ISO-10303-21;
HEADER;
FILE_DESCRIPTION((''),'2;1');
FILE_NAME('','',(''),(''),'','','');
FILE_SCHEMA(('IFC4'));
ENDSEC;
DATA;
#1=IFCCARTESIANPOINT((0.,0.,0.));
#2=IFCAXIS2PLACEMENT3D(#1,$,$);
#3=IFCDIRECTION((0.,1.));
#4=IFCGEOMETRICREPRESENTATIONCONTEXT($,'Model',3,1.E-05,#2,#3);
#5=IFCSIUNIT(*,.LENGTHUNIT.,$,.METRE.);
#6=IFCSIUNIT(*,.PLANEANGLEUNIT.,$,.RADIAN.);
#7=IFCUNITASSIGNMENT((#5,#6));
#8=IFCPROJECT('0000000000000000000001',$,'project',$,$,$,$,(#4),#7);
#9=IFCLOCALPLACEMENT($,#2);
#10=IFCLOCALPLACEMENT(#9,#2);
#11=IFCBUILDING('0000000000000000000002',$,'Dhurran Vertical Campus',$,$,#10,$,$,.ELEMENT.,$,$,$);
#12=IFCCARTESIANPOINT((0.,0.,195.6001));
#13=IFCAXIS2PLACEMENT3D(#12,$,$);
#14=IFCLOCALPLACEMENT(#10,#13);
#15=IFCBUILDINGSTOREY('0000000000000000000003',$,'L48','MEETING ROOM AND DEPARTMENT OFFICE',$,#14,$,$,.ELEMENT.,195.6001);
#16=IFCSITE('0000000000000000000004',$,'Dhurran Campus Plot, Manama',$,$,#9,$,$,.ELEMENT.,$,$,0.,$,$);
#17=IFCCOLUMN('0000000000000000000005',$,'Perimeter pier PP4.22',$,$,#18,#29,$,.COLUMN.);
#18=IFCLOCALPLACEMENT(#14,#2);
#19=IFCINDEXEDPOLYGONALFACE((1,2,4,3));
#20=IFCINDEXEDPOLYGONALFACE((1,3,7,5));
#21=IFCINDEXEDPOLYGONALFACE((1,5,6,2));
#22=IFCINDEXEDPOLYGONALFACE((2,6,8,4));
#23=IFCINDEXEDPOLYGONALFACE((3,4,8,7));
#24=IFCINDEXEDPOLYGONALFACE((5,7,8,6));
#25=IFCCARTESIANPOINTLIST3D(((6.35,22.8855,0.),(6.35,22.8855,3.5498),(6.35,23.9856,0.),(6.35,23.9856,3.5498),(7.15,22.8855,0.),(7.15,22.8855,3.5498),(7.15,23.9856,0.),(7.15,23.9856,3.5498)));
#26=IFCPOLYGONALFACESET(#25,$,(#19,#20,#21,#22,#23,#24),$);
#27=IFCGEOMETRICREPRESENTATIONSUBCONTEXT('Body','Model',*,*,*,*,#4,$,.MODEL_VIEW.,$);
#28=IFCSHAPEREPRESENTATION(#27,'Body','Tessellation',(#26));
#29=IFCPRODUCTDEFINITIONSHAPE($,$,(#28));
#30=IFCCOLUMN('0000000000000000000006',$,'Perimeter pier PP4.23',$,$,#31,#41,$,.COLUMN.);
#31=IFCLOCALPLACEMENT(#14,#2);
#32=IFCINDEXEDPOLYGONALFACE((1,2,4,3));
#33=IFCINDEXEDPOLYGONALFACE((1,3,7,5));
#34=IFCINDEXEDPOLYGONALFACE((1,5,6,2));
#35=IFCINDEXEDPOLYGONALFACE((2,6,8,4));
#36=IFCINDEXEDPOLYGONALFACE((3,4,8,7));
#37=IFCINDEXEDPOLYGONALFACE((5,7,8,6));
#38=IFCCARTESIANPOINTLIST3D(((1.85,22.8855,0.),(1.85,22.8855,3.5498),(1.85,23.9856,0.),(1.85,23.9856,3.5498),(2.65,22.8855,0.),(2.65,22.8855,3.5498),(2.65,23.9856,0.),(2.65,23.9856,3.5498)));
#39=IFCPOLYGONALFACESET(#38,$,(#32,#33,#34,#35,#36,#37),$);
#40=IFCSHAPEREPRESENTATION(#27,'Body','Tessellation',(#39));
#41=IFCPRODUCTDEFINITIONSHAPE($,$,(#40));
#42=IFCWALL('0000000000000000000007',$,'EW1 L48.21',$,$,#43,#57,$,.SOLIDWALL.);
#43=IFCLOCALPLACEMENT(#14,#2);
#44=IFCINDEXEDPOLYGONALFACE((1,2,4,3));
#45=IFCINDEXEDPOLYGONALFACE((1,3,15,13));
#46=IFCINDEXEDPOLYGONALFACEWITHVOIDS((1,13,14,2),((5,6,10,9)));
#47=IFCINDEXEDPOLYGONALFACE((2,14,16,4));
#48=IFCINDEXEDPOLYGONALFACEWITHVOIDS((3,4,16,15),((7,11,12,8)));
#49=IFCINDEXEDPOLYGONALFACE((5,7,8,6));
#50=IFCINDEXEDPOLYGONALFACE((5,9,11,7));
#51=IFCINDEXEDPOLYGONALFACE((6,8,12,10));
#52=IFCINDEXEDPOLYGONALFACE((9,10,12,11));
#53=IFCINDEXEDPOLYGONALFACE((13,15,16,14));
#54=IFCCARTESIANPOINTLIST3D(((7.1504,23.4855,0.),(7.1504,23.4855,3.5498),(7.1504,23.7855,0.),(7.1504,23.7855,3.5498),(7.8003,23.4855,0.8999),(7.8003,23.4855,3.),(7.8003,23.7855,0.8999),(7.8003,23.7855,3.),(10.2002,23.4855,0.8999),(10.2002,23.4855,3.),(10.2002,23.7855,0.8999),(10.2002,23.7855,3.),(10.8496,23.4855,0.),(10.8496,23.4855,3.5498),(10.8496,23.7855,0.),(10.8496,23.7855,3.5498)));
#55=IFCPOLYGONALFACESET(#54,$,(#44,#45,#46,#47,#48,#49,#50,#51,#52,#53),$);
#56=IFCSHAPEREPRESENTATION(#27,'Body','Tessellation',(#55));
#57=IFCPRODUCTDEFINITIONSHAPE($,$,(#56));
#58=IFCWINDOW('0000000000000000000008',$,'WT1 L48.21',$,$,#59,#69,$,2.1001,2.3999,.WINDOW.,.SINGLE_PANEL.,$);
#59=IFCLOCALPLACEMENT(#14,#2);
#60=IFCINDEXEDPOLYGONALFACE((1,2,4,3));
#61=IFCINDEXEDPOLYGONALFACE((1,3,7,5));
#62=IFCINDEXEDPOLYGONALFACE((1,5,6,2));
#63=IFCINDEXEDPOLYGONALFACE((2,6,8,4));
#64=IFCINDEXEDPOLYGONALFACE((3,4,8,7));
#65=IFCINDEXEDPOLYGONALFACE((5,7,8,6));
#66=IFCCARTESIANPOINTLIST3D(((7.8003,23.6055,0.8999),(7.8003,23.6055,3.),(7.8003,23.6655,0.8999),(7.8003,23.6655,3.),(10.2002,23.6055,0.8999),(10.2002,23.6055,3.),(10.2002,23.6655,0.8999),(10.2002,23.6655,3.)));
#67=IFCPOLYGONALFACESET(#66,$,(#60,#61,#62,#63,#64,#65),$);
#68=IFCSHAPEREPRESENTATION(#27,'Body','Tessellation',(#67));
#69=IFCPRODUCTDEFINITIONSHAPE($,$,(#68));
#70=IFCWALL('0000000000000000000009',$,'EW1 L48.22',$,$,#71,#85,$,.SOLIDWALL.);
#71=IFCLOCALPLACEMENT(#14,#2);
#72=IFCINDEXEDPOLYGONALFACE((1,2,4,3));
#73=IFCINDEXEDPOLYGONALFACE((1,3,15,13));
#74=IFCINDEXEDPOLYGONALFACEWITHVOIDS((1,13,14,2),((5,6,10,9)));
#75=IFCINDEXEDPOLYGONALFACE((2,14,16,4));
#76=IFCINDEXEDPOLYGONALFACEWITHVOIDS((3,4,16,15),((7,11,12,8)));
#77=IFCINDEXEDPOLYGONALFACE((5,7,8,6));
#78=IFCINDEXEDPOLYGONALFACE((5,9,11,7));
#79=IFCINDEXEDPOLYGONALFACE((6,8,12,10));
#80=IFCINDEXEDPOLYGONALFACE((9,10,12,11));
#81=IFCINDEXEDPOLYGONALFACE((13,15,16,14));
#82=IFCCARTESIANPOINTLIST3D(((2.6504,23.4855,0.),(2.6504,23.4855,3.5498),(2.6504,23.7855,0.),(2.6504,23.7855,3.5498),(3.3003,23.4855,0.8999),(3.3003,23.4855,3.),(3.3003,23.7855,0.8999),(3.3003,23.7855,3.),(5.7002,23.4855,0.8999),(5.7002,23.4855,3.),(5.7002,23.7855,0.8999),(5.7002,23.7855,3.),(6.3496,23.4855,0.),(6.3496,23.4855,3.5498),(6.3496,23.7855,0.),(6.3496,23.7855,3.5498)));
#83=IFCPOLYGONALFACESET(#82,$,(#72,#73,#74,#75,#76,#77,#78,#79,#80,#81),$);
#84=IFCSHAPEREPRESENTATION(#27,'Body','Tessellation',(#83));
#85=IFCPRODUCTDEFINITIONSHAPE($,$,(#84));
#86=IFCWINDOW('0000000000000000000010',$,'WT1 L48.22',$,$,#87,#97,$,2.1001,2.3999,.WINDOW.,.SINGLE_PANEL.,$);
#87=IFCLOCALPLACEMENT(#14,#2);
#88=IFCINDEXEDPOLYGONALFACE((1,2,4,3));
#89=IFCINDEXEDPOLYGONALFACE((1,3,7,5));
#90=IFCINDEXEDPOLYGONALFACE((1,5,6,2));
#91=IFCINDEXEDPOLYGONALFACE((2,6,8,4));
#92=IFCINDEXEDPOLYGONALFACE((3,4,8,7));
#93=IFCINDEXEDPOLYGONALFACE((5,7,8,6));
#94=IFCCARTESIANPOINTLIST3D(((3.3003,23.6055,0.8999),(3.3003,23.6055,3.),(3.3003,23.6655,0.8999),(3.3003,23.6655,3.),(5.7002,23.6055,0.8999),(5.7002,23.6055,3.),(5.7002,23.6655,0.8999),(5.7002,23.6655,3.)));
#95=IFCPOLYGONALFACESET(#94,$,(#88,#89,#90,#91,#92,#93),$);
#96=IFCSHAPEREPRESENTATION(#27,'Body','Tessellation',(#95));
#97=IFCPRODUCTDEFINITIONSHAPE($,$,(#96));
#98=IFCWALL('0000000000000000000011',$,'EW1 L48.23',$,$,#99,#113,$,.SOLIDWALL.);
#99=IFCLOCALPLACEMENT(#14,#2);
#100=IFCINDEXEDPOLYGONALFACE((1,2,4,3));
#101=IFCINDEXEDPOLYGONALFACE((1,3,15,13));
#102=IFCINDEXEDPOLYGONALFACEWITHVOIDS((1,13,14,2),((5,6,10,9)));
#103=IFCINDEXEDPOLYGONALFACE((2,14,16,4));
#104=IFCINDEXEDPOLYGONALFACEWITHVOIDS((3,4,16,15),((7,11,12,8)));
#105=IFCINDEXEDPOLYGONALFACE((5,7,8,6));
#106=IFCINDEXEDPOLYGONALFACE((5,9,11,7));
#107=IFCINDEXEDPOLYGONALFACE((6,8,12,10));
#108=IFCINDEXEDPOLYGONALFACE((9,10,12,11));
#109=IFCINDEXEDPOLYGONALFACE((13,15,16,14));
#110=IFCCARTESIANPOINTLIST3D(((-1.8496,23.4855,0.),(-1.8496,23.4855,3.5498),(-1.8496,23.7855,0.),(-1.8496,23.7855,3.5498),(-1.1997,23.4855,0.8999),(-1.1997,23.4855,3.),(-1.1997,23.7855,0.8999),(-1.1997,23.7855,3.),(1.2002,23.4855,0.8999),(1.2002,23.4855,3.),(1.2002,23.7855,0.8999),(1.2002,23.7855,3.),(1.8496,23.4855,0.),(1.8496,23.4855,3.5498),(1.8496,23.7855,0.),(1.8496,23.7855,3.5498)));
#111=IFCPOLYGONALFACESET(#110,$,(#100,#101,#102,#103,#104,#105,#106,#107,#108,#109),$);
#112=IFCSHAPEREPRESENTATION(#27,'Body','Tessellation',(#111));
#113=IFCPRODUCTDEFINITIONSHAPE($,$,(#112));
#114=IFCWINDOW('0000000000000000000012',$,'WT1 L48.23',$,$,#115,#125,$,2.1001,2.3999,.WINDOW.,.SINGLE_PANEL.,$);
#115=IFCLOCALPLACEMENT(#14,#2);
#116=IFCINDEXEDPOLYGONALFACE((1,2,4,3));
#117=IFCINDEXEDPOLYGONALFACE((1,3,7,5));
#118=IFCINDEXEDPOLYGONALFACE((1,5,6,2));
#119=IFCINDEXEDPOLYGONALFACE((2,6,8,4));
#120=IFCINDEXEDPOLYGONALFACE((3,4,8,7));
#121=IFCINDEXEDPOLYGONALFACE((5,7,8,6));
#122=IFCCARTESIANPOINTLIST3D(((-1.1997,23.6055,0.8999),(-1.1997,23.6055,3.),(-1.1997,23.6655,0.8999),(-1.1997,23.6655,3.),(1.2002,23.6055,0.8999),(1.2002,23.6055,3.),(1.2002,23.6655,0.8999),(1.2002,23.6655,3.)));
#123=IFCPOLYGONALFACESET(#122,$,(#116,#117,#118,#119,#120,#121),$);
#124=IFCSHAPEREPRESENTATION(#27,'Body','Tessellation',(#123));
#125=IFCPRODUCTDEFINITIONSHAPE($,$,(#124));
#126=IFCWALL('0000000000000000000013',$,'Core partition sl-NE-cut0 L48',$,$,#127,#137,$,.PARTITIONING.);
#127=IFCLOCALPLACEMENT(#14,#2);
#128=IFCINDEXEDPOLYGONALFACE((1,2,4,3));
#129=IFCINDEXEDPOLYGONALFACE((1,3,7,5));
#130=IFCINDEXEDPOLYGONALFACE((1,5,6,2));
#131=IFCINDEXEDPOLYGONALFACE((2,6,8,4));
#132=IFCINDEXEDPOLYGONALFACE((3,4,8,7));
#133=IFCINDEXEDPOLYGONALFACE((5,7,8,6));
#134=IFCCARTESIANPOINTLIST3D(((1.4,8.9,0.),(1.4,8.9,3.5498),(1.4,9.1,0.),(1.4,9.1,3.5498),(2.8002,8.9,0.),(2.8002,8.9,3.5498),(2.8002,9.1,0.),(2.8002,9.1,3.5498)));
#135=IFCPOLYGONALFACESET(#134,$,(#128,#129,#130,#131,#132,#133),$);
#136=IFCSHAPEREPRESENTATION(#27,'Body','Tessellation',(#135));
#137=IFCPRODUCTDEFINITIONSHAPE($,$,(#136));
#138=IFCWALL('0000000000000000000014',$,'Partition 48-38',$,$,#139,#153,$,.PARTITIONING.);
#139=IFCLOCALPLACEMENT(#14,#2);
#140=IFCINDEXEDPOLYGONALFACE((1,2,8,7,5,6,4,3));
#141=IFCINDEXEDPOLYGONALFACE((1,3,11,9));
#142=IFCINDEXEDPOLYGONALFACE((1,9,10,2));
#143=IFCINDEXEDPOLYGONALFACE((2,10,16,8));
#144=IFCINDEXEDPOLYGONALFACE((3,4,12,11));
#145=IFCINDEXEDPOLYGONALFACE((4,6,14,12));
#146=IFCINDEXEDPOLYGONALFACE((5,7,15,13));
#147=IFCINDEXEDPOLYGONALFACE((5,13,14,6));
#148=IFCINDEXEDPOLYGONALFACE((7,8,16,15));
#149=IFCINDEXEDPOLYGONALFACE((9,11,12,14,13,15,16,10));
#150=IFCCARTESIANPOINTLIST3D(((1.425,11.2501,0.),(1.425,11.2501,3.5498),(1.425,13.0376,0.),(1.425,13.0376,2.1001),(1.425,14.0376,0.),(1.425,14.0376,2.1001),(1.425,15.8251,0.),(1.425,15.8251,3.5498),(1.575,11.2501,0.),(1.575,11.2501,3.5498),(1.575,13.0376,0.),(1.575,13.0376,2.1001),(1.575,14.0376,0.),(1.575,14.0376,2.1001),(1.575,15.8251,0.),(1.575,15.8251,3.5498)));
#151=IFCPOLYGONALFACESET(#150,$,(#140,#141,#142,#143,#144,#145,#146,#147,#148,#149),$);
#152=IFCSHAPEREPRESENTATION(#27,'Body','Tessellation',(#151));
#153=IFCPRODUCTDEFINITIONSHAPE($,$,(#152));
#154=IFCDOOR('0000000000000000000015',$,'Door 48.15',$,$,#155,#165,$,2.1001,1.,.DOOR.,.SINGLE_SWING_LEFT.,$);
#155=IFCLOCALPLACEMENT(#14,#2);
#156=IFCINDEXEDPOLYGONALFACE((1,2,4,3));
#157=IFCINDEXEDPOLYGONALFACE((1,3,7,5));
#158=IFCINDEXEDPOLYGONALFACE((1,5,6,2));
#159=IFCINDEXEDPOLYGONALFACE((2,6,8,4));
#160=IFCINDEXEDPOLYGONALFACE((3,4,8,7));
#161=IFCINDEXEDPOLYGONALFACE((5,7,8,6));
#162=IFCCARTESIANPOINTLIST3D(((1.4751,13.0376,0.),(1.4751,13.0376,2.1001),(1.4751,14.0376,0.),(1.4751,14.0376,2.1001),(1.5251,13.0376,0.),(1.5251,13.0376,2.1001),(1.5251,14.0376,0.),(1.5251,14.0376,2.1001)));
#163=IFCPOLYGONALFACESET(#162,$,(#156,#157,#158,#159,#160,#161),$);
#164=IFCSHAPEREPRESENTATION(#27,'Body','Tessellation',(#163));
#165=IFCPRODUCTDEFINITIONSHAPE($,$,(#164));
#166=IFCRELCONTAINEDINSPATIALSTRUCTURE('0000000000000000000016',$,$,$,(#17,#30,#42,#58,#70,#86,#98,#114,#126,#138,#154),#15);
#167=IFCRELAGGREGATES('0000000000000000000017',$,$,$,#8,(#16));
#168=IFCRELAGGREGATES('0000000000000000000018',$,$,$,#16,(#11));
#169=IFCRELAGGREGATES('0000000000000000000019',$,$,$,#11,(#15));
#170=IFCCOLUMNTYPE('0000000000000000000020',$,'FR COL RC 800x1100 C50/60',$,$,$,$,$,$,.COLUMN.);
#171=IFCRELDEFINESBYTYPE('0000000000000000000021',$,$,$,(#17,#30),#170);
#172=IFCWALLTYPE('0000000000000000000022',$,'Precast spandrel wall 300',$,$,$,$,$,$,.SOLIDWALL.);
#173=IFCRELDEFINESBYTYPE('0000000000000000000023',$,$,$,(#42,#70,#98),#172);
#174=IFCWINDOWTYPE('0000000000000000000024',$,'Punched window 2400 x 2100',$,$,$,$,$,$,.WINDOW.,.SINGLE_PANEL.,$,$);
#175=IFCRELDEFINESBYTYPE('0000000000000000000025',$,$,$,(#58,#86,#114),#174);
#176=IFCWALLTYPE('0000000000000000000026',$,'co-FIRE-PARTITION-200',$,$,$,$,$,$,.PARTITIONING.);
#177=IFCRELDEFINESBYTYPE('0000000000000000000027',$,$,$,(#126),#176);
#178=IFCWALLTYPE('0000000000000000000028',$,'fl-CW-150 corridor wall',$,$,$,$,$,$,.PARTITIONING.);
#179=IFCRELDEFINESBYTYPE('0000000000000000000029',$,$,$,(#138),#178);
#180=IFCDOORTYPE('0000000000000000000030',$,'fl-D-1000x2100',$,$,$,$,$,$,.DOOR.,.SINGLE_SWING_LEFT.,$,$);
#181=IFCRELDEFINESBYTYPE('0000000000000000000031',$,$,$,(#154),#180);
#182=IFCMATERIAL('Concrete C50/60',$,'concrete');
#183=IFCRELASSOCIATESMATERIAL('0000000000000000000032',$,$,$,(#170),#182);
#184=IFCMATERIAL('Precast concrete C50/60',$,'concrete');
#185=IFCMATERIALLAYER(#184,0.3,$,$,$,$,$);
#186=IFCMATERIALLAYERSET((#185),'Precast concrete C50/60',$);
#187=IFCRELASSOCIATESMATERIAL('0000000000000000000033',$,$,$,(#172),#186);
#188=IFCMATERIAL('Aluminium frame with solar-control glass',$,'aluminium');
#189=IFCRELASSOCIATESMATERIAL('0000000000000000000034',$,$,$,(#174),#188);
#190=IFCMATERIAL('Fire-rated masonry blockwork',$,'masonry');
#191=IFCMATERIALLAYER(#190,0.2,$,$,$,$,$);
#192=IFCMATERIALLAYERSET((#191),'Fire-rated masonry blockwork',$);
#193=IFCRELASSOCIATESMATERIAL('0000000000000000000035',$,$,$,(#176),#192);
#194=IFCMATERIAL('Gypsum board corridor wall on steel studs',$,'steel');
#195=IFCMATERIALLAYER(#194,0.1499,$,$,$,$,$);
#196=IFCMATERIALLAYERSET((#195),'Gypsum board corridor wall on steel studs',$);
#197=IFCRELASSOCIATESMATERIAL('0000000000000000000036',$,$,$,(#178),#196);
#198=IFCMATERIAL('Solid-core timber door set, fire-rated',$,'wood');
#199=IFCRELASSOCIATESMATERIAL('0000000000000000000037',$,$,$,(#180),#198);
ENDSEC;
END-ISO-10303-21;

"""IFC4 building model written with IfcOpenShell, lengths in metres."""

from ifc_helpers import new_model, si_unit, direction, frame, frame_2d, origin, origin_2d, place, context, subcontext, project, spatial, rectangle, extrude, material, layer, layer_set, material_profile, profile_set, type_object, element, fill, save


model = new_model("IFC4")

# Units and contexts
model_context = context("Model", 3, precision=1e-05, world=origin(), true_north=direction((0.0, 1.0)))
body_context = subcontext(model_context, "Body", "Model", "MODEL_VIEW")
ifc_project = project(units=[si_unit("LENGTHUNIT", "METRE"), si_unit("PLANEANGLEUNIT", "RADIAN")], contexts=[model_context])

# Site, building, storey
site_placement = place(None, origin())
site = spatial("IfcSite", under=ifc_project, at=site_placement, Name="Dhurran Campus Plot, Manama", CompositionType="ELEMENT", RefElevation=0.0)
building_placement = place(site_placement, origin())
building = spatial("IfcBuilding", under=site, at=building_placement, Name="Dhurran Vertical Campus", CompositionType="ELEMENT")
storey_placement = place(building_placement, frame((0.0, 0.0, 195.6001)))
storey = spatial("IfcBuildingStorey", under=building, at=storey_placement, Name="L48", Description="MEETING ROOM AND DEPARTMENT OFFICE", CompositionType="ELEMENT", Elevation=195.6001)

# Columns
ifc_material_1 = material(Name="Concrete C50/60", Category="concrete")
ifc_material_profile = material_profile(ifc_material_1, rectangle(XDim=0.8, YDim=1.1001, at=origin_2d()), Name="RC 800x1100")
ifc_profile_set = profile_set([ifc_material_profile], Name="Concrete C50/60")
column_type = type_object("IfcColumnType", Name="FR COL RC 800x1100 C50/60", PredefinedType="COLUMN", material=ifc_profile_set)
for number, where, z_axis, x_axis, name in (
    (1, (6.75, 23.4355, 0.0), (0.0, 0.0, 1.0), (-1.0, 0.0, 0.0), "Perimeter pier PP4.22"),
    (2, (2.25, 23.4355, 0.0), (0.0, 0.0, 1.0), (-1.0, 0.0, 0.0), "Perimeter pier PP4.23"),
):
    element("IfcColumn", number, at=place(storey_placement, frame(where, z_axis=z_axis, x_axis=x_axis)), inside=storey, type_object=column_type, Name=name, PredefinedType="COLUMN", context=body_context, shape_type="SweptSolid", body=[
        extrude(rectangle(XDim=0.8, YDim=1.1001, at=origin_2d()), origin(), (0.0, 0.0, 1.0), 3.5498),
    ])

# Walls, openings, windows
ifc_material_2 = material(Name="Precast concrete C50/60", Category="concrete")
ifc_layer_1 = layer(ifc_material_2, 0.3)
ifc_layer_set_1 = layer_set([ifc_layer_1], Name="Precast concrete C50/60")
wall_type_1 = type_object("IfcWallType", Name="Precast spandrel wall 300", PredefinedType="SOLIDWALL", material=ifc_layer_set_1)
wall_1_placement = place(storey_placement, frame((10.8496, 23.6355, 0.0), z_axis=(0.0, 0.0, 1.0), x_axis=(-1.0, 0.0, 0.0)))
wall_1 = element("IfcWall", 3, at=wall_1_placement, inside=storey, type_object=wall_type_1, Name="EW1 L48.21", PredefinedType="SOLIDWALL", context=body_context, shape_type="SweptSolid", body=[
    extrude(rectangle(XDim=3.6992, YDim=0.3, at=frame_2d((1.8496, 0.0))), origin(), (0.0, 0.0, 1.0), 3.5498),
])
opening_1_placement = place(wall_1_placement, frame((0.6494, 0.0, 0.8999)))
opening_1 = element("IfcOpeningElement", 4, at=opening_1_placement, cuts=wall_1, PredefinedType="OPENING", context=body_context, shape_type="SweptSolid", body=[
    extrude(rectangle(XDim=2.3999, YDim=2.1001, at=frame_2d((1.2, 1.05))), frame((0.0, 0.1599, 0.0), z_axis=(0.0, -1.0, 0.0), x_axis=(1.0, 0.0, 0.0)), (0.0, 0.0, 1.0), 0.3201),
])
ifc_material_3 = material(Name="Aluminium frame with solar-control glass", Category="aluminium")
window_type = type_object("IfcWindowType", Name="Punched window 2400 x 2100", PartitioningType="SINGLE_PANEL", PredefinedType="WINDOW", material=ifc_material_3)
window_1_placement = place(opening_1_placement, origin())
window_1 = element("IfcWindow", 5, at=window_1_placement, inside=storey, type_object=window_type, Name="WT1 L48.21", OverallHeight=2.1001, OverallWidth=2.3999, PartitioningType="SINGLE_PANEL", PredefinedType="WINDOW", context=body_context, shape_type="SweptSolid", body=[
    extrude(rectangle(XDim=2.3999, YDim=2.1001, at=frame_2d((1.2, 1.05))), frame((0.0, 0.03, 0.0), z_axis=(0.0, -1.0, 0.0), x_axis=(1.0, 0.0, 0.0)), (0.0, 0.0, 1.0), 0.0601),
])
fill(opening_1, window_1)
wall_2_placement = place(storey_placement, frame((6.3496, 23.6355, 0.0), z_axis=(0.0, 0.0, 1.0), x_axis=(-1.0, 0.0, 0.0)))
wall_2 = element("IfcWall", 6, at=wall_2_placement, inside=storey, type_object=wall_type_1, Name="EW1 L48.22", PredefinedType="SOLIDWALL", context=body_context, shape_type="SweptSolid", body=[
    extrude(rectangle(XDim=3.6992, YDim=0.3, at=frame_2d((1.8496, 0.0))), origin(), (0.0, 0.0, 1.0), 3.5498),
])
opening_2_placement = place(wall_2_placement, frame((0.6494, 0.0, 0.8999)))
opening_2 = element("IfcOpeningElement", 7, at=opening_2_placement, cuts=wall_2, PredefinedType="OPENING", context=body_context, shape_type="SweptSolid", body=[
    extrude(rectangle(XDim=2.3999, YDim=2.1001, at=frame_2d((1.2, 1.05))), frame((0.0, 0.1599, 0.0), z_axis=(0.0, -1.0, 0.0), x_axis=(1.0, 0.0, 0.0)), (0.0, 0.0, 1.0), 0.3201),
])
window_2_placement = place(opening_2_placement, origin())
window_2 = element("IfcWindow", 8, at=window_2_placement, inside=storey, type_object=window_type, Name="WT1 L48.22", OverallHeight=2.1001, OverallWidth=2.3999, PartitioningType="SINGLE_PANEL", PredefinedType="WINDOW", context=body_context, shape_type="SweptSolid", body=[
    extrude(rectangle(XDim=2.3999, YDim=2.1001, at=frame_2d((1.2, 1.05))), frame((0.0, 0.03, 0.0), z_axis=(0.0, -1.0, 0.0), x_axis=(1.0, 0.0, 0.0)), (0.0, 0.0, 1.0), 0.0601),
])
fill(opening_2, window_2)
wall_3_placement = place(storey_placement, frame((1.8496, 23.6355, 0.0), z_axis=(0.0, 0.0, 1.0), x_axis=(-1.0, 0.0, 0.0)))
wall_3 = element("IfcWall", 9, at=wall_3_placement, inside=storey, type_object=wall_type_1, Name="EW1 L48.23", PredefinedType="SOLIDWALL", context=body_context, shape_type="SweptSolid", body=[
    extrude(rectangle(XDim=3.6992, YDim=0.3, at=frame_2d((1.8496, 0.0))), origin(), (0.0, 0.0, 1.0), 3.5498),
])
opening_3_placement = place(wall_3_placement, frame((0.6494, 0.0, 0.8999)))
opening_3 = element("IfcOpeningElement", 10, at=opening_3_placement, cuts=wall_3, PredefinedType="OPENING", context=body_context, shape_type="SweptSolid", body=[
    extrude(rectangle(XDim=2.3999, YDim=2.1001, at=frame_2d((1.2, 1.05))), frame((0.0, 0.1599, 0.0), z_axis=(0.0, -1.0, 0.0), x_axis=(1.0, 0.0, 0.0)), (0.0, 0.0, 1.0), 0.3201),
])
window_3_placement = place(opening_3_placement, origin())
window_3 = element("IfcWindow", 11, at=window_3_placement, inside=storey, type_object=window_type, Name="WT1 L48.23", OverallHeight=2.1001, OverallWidth=2.3999, PartitioningType="SINGLE_PANEL", PredefinedType="WINDOW", context=body_context, shape_type="SweptSolid", body=[
    extrude(rectangle(XDim=2.3999, YDim=2.1001, at=frame_2d((1.2, 1.05))), frame((0.0, 0.03, 0.0), z_axis=(0.0, -1.0, 0.0), x_axis=(1.0, 0.0, 0.0)), (0.0, 0.0, 1.0), 0.0601),
])
fill(opening_3, window_3)

# Wall
ifc_material_4 = material(Name="Fire-rated masonry blockwork", Category="masonry")
ifc_layer_2 = layer(ifc_material_4, 0.2)
ifc_layer_set_2 = layer_set([ifc_layer_2], Name="Fire-rated masonry blockwork")
wall_type_2 = type_object("IfcWallType", Name="co-FIRE-PARTITION-200", PredefinedType="PARTITIONING", material=ifc_layer_set_2)
wall_4_placement = place(storey_placement, frame((1.3999, 9.0, 0.0), z_axis=(0.0, 0.0, 1.0), x_axis=(1.0, 0.0, 0.0)))
element("IfcWall", 12, at=wall_4_placement, inside=storey, type_object=wall_type_2, Name="Core partition sl-NE-cut0 L48", PredefinedType="PARTITIONING", context=body_context, shape_type="SweptSolid", body=[
    extrude(rectangle(XDim=1.4001, YDim=0.2, at=frame_2d((0.7002, 0.0))), origin(), (0.0, 0.0, 1.0), 3.5498),
])

# Wall, opening, door
ifc_material_5 = material(Name="Gypsum board corridor wall on steel studs", Category="steel")
ifc_layer_3 = layer(ifc_material_5, 0.1499)
ifc_layer_set_3 = layer_set([ifc_layer_3], Name="Gypsum board corridor wall on steel studs")
wall_type_3 = type_object("IfcWallType", Name="fl-CW-150 corridor wall", PredefinedType="PARTITIONING", material=ifc_layer_set_3)
wall_5_placement = place(storey_placement, frame((1.5, 11.25, 0.0), z_axis=(0.0, 0.0, 1.0), x_axis=(0.0, 1.0, 0.0)))
wall_5 = element("IfcWall", 13, at=wall_5_placement, inside=storey, type_object=wall_type_3, Name="Partition 48-38", PredefinedType="PARTITIONING", context=body_context, shape_type="SweptSolid", body=[
    extrude(rectangle(XDim=4.575, YDim=0.1499, at=frame_2d((2.2876, 0.0))), origin(), (0.0, 0.0, 1.0), 3.5498),
])
opening_4_placement = place(wall_5_placement, frame((1.7876, 0.0, 0.0)))
opening_4 = element("IfcOpeningElement", 14, at=opening_4_placement, cuts=wall_5, PredefinedType="OPENING", context=body_context, shape_type="SweptSolid", body=[
    extrude(rectangle(XDim=1.0, YDim=2.1001, at=frame_2d((0.5, 1.05))), frame((0.0, 0.085, 0.0), z_axis=(0.0, -1.0, 0.0), x_axis=(1.0, 0.0, 0.0)), (0.0, 0.0, 1.0), 0.1699),
])
ifc_material_6 = material(Name="Solid-core timber door set, fire-rated", Category="wood")
door_type = type_object("IfcDoorType", Name="fl-D-1000x2100", OperationType="SINGLE_SWING_LEFT", PredefinedType="DOOR", material=ifc_material_6)
door_1_placement = place(opening_4_placement, origin())
door_1 = element("IfcDoor", 15, at=door_1_placement, inside=storey, type_object=door_type, Name="Door 48.15", OperationType="SINGLE_SWING_LEFT", OverallHeight=2.1001, OverallWidth=1.0, PredefinedType="DOOR", context=body_context, shape_type="SweptSolid", body=[
    extrude(rectangle(XDim=1.0, YDim=2.1001, at=frame_2d((0.5, 1.05))), frame((0.0, 0.0249, 0.0), z_axis=(0.0, -1.0, 0.0), x_axis=(1.0, 0.0, 0.0)), (0.0, 0.0, 1.0), 0.05),
])
fill(opening_4, door_1)

save(model, "model.ifc")
